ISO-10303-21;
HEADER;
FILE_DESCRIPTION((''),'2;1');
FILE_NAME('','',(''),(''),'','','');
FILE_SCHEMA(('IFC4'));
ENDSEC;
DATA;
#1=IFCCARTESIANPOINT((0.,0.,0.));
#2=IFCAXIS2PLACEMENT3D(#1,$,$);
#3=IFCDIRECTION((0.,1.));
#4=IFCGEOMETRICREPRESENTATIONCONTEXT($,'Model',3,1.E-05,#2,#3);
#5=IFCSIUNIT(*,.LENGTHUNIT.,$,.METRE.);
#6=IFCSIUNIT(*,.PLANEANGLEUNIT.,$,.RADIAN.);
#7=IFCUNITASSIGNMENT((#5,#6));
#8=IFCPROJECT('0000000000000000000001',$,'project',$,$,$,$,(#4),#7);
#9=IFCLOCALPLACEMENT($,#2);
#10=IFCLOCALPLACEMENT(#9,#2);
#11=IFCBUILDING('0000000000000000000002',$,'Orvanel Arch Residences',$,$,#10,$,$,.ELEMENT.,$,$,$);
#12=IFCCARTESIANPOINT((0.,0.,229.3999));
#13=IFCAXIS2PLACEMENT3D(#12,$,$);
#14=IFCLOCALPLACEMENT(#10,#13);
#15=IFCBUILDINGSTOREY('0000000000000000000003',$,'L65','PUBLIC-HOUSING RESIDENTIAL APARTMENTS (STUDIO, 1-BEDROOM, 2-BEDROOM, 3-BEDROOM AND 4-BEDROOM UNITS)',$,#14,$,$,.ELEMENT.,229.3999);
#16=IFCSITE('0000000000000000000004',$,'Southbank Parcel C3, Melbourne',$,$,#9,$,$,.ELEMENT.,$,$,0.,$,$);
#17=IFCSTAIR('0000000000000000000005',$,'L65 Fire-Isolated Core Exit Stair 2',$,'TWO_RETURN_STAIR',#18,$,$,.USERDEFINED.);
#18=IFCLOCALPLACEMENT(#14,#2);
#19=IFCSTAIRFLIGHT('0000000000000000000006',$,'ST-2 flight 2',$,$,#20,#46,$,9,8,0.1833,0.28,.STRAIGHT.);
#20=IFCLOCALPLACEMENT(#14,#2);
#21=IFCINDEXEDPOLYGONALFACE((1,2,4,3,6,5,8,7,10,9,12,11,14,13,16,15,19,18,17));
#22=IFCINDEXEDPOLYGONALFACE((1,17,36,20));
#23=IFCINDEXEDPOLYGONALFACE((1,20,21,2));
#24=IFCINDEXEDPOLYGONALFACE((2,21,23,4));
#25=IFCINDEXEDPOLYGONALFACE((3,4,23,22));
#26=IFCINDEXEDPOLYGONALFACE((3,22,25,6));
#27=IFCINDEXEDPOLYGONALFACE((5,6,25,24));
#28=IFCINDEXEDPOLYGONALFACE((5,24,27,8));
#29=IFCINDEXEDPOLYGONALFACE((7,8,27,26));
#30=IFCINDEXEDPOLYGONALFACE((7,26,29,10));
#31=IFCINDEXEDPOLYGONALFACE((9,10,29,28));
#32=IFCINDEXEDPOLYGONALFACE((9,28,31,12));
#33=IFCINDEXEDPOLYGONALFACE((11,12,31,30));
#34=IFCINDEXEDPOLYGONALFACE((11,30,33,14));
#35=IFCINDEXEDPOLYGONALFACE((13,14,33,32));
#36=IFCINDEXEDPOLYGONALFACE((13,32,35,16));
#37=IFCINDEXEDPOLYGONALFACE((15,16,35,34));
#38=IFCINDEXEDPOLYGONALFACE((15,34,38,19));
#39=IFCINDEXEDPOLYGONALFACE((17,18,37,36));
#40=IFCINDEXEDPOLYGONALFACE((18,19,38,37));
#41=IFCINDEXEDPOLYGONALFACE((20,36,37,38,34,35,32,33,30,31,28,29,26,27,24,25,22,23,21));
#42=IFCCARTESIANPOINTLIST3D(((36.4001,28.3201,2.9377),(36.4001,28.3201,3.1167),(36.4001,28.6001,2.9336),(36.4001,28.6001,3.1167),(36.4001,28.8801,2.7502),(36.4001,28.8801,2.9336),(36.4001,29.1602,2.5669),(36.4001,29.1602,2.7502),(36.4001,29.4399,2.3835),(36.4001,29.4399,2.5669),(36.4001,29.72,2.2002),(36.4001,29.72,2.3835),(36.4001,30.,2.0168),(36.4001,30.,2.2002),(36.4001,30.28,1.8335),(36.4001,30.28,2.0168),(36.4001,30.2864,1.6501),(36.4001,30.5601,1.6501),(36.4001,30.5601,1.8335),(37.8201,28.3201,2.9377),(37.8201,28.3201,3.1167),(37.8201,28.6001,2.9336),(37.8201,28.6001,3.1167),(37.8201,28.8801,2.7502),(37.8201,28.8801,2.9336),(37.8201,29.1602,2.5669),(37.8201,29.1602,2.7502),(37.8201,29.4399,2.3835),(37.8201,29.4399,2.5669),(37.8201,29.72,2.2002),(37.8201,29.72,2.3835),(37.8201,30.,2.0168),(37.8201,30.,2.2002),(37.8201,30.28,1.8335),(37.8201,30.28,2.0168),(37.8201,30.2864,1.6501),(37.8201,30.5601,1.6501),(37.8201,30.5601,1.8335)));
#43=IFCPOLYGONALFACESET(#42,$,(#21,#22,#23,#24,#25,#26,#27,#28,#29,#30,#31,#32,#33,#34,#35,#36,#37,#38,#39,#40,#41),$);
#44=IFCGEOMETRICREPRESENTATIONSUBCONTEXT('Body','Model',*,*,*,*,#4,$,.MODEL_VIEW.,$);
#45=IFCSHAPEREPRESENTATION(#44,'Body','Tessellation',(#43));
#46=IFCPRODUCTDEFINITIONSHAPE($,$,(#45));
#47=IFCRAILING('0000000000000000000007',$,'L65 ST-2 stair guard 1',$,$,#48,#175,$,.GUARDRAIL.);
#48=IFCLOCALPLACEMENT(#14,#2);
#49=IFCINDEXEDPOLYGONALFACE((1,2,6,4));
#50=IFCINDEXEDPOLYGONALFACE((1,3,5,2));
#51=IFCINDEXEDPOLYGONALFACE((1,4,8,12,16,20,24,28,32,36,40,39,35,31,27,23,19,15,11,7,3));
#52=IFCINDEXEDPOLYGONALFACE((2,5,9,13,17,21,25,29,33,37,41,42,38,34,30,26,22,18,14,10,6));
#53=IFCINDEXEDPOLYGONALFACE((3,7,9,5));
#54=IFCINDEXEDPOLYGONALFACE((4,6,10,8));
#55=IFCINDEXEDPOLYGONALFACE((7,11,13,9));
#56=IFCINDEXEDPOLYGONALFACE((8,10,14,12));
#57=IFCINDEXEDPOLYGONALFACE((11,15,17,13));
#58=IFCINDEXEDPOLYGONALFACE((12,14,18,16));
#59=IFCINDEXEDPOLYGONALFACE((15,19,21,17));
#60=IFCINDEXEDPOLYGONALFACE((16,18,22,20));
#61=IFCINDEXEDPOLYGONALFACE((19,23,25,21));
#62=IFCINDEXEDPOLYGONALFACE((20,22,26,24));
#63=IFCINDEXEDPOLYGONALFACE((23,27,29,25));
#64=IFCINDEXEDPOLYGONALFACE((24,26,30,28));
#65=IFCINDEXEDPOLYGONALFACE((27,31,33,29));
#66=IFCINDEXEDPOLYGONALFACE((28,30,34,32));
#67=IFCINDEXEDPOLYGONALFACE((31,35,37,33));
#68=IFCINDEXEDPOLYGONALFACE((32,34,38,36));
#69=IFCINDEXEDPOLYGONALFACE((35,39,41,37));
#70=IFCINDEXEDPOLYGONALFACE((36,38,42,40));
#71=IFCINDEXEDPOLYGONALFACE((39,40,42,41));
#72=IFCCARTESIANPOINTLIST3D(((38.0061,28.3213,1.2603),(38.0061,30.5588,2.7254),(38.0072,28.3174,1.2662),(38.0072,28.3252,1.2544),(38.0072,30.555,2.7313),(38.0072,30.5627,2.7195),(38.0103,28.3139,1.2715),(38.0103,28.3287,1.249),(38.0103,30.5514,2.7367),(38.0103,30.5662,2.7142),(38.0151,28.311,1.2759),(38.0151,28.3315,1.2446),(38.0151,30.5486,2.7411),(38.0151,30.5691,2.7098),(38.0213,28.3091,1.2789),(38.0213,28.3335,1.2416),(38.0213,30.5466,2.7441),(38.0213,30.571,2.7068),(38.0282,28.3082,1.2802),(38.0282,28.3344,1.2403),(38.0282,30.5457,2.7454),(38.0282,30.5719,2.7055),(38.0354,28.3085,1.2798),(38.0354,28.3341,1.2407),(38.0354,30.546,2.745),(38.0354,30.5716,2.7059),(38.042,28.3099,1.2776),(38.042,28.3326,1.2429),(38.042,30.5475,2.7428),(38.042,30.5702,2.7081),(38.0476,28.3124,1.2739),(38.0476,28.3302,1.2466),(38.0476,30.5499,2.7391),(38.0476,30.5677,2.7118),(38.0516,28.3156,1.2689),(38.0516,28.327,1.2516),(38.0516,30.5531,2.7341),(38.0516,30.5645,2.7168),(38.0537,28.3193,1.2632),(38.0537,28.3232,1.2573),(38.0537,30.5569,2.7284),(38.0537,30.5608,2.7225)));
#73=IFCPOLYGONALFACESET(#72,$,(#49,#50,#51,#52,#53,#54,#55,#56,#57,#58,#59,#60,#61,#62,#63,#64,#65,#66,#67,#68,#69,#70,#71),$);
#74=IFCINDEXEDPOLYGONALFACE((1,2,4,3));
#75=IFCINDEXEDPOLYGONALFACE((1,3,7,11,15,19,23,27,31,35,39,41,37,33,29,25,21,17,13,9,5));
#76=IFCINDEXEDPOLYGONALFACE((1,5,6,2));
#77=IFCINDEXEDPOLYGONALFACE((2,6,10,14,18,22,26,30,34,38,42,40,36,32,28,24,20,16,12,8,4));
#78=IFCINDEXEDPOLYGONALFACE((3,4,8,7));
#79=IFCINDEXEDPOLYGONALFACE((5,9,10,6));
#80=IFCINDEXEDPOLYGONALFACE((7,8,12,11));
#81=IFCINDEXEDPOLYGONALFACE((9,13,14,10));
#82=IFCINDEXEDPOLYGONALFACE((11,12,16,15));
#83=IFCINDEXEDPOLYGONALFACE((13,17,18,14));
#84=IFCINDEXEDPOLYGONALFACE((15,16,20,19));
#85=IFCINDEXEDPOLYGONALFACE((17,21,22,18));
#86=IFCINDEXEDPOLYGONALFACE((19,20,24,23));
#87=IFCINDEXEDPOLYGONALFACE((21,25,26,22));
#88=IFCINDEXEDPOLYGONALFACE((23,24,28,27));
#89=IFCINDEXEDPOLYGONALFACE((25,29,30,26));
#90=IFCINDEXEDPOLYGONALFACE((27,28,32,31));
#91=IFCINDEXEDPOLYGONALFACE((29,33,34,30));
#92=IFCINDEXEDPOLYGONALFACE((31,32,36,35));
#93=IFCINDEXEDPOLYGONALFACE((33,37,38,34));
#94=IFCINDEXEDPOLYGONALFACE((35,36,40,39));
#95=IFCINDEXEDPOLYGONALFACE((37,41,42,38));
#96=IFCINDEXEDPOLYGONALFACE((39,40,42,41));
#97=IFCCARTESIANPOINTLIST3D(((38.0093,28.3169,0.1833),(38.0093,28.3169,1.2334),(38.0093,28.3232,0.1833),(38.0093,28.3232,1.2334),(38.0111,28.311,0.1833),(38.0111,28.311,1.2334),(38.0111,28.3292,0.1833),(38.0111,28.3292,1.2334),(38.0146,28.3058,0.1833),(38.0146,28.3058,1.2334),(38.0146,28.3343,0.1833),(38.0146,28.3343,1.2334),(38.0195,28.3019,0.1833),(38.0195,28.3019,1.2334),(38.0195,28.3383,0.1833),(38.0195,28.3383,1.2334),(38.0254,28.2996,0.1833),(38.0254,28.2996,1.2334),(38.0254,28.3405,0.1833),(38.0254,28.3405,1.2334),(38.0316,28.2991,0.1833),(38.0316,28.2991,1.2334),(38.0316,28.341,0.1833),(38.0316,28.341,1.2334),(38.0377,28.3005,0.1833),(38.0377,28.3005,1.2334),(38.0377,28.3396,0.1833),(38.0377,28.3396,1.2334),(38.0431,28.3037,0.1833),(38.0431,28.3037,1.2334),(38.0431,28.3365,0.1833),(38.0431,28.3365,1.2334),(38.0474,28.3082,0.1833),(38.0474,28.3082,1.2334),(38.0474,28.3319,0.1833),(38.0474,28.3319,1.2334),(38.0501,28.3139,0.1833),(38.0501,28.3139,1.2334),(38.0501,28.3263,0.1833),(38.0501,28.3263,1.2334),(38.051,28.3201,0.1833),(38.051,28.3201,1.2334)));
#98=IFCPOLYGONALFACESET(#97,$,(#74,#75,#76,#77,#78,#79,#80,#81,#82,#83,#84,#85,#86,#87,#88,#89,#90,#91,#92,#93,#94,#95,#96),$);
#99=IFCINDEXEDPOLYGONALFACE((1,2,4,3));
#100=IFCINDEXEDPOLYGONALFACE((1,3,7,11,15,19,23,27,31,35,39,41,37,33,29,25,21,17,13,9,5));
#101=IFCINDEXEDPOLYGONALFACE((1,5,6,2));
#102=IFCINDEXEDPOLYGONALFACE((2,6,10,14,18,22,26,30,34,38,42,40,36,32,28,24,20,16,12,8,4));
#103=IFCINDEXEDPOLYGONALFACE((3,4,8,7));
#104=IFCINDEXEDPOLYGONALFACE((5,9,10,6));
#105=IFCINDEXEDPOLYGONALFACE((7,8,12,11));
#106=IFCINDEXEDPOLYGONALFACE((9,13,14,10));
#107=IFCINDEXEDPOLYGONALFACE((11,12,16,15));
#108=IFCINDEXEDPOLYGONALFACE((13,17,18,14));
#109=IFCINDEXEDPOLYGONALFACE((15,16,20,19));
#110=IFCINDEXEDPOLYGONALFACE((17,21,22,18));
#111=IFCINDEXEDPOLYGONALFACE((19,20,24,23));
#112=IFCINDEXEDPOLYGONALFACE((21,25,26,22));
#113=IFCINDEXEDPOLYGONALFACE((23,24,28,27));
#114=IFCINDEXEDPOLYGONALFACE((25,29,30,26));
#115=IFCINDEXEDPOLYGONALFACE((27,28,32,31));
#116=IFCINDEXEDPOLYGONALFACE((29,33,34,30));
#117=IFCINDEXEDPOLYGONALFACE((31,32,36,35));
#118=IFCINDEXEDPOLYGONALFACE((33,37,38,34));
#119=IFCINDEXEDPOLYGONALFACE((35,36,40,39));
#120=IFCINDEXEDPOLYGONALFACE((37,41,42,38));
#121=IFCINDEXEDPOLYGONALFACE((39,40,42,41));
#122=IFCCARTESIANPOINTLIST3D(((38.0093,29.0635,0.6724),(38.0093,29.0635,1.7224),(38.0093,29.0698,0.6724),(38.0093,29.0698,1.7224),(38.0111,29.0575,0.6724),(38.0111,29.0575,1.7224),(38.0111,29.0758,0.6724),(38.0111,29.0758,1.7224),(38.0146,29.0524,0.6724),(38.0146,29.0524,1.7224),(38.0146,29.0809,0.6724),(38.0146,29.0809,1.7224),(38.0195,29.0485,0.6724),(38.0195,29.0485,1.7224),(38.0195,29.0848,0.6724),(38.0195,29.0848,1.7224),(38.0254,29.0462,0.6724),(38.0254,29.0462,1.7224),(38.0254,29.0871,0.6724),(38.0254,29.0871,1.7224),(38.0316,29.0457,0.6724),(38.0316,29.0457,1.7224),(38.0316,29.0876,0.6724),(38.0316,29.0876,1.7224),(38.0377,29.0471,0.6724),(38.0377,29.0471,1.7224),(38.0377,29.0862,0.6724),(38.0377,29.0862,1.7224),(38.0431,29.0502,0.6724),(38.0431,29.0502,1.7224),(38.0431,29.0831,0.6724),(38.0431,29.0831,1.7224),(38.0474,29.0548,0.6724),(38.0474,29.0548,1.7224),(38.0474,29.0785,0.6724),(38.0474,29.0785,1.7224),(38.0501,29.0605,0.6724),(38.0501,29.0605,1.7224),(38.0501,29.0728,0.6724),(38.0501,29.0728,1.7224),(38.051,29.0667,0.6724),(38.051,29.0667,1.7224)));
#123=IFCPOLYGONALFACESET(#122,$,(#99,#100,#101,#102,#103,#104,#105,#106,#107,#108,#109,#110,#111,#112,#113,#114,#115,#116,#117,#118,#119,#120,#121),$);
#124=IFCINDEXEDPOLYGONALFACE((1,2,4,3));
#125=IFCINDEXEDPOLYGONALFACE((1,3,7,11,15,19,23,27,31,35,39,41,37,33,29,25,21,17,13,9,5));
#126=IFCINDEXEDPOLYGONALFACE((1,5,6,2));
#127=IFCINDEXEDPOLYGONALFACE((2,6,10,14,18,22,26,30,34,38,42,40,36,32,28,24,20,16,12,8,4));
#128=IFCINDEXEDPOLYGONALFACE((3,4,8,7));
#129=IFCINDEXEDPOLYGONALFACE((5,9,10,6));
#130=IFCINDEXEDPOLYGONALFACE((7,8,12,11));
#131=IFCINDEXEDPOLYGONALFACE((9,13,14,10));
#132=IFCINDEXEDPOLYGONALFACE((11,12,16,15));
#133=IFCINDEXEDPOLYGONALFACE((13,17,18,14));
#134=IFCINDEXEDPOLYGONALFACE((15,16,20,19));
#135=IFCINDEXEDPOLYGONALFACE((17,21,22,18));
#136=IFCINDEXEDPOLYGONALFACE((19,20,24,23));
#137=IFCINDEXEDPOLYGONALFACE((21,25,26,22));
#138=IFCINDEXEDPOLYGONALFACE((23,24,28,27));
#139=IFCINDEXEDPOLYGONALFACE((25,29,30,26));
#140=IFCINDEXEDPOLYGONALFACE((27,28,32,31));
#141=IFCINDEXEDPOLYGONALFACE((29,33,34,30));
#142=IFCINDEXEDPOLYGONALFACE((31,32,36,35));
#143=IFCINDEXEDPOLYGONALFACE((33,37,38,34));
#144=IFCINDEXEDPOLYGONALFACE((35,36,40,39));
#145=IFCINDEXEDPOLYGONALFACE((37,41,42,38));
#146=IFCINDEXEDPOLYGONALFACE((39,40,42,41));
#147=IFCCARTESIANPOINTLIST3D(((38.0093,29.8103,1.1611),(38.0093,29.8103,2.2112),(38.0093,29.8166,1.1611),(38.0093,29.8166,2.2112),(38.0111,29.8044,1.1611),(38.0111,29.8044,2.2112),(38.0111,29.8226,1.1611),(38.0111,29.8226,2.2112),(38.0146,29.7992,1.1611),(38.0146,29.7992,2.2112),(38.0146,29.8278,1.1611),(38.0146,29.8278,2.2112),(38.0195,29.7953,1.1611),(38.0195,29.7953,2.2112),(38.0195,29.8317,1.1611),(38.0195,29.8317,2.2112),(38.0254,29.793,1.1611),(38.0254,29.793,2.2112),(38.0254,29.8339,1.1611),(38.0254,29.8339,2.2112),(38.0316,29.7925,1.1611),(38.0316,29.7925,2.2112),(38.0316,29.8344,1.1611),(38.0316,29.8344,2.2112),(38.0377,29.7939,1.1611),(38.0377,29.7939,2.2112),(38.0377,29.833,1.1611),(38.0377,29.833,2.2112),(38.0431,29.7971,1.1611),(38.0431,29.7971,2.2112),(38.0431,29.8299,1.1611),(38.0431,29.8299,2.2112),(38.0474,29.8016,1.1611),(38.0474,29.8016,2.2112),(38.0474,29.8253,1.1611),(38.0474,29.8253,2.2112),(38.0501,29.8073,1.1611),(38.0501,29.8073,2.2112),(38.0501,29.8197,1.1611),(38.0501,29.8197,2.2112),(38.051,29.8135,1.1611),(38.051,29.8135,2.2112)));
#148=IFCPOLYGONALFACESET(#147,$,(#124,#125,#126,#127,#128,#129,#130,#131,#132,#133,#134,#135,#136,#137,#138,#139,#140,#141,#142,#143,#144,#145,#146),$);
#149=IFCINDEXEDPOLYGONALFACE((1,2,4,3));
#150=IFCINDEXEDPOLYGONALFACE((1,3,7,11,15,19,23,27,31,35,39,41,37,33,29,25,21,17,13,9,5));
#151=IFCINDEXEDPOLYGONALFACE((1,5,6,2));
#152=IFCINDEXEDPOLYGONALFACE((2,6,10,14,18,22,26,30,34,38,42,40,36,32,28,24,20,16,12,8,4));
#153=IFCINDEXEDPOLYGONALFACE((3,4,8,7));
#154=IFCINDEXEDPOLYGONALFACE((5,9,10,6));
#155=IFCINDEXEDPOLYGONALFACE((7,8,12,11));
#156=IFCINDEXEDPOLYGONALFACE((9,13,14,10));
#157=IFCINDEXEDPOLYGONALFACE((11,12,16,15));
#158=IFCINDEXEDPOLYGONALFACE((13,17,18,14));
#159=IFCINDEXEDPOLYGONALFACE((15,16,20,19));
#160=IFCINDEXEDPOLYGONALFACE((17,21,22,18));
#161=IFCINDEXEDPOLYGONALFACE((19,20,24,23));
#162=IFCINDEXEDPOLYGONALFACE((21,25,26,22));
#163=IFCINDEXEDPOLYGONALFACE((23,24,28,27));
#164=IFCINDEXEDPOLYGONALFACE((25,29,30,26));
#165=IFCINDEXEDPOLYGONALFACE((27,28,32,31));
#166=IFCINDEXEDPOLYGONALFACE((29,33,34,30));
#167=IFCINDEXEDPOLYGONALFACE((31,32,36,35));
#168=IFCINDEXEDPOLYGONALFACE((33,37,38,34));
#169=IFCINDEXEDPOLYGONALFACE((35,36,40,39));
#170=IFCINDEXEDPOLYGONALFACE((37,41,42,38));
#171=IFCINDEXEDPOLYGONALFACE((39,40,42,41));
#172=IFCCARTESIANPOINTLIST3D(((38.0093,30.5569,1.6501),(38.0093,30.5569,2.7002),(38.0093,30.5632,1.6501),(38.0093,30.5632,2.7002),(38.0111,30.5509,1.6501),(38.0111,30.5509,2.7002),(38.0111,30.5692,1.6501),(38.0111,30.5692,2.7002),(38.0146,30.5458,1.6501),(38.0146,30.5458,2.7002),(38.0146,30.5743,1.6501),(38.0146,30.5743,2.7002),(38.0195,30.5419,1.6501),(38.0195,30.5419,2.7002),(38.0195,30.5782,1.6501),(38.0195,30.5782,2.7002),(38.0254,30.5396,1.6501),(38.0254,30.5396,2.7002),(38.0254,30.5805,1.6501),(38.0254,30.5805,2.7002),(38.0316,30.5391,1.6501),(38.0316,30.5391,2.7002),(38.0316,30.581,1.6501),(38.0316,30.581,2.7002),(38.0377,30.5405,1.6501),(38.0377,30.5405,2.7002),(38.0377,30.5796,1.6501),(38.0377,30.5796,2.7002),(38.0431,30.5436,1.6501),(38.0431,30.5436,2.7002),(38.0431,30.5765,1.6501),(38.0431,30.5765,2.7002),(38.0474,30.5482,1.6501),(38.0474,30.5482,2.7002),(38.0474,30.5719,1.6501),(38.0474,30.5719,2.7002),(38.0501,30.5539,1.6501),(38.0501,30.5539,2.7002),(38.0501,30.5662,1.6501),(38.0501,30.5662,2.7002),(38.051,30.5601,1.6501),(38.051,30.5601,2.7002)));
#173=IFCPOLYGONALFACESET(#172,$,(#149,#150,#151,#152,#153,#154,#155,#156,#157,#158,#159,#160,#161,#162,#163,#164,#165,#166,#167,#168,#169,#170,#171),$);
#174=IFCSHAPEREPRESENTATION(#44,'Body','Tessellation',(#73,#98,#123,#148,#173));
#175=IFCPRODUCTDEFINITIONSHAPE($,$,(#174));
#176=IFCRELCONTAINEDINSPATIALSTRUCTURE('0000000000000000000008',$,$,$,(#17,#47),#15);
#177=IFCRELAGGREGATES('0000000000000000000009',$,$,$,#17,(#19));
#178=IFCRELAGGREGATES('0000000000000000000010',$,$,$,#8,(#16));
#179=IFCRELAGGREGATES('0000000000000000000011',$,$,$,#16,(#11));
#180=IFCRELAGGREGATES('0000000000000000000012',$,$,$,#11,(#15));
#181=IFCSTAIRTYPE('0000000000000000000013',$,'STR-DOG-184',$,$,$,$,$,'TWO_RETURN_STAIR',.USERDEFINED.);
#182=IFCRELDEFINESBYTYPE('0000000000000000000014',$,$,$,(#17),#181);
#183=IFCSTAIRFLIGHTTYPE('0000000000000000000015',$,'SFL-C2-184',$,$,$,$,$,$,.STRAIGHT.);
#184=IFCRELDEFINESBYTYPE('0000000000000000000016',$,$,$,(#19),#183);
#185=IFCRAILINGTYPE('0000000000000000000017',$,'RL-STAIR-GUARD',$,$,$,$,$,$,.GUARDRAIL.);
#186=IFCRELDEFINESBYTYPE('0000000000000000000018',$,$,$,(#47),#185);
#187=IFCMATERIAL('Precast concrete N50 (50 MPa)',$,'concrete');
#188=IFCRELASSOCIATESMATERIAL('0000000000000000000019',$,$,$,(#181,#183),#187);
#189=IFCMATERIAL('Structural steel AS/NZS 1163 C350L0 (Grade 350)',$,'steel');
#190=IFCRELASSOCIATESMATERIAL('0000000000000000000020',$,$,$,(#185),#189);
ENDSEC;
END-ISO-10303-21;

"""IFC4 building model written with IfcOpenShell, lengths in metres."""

from ifc_helpers import new_model, si_unit, direction, frame, origin, origin_2d, place, context, subcontext, project, spatial, polyline, circle, outline, extrude, material, type_object, element, aggregate, save


model = new_model("IFC4")

# Units and contexts
model_context = context("Model", 3, precision=1e-05, world=origin(), true_north=direction((0.0, 1.0)))
body_context = subcontext(model_context, "Body", "Model", "MODEL_VIEW")
ifc_project = project(units=[si_unit("LENGTHUNIT", "METRE"), si_unit("PLANEANGLEUNIT", "RADIAN")], contexts=[model_context])

# Site, building, storey
site_placement = place(None, origin())
site = spatial("IfcSite", under=ifc_project, at=site_placement, Name="Southbank Parcel C3, Melbourne", CompositionType="ELEMENT", RefElevation=0.0)
building_placement = place(site_placement, origin())
building = spatial("IfcBuilding", under=site, at=building_placement, Name="Orvanel Arch Residences", CompositionType="ELEMENT")
storey_placement = place(building_placement, frame((0.0, 0.0, 229.3999)))
storey = spatial("IfcBuildingStorey", under=building, at=storey_placement, Name="L65", Description="PUBLIC-HOUSING RESIDENTIAL APARTMENTS (STUDIO, 1-BEDROOM, 2-BEDROOM, 3-BEDROOM AND 4-BEDROOM UNITS)", CompositionType="ELEMENT", Elevation=229.3999)

# Shared definitions
ifc_material_1 = material(Name="Structural steel AS/NZS 1163 C350L0 (Grade 350)", Category="steel")

# Stair, stair flight
ifc_material_2 = material(Name="Precast concrete N50 (50 MPa)", Category="concrete")
stair_type = type_object("IfcStairType", Name="STR-DOG-184", ElementType="TWO_RETURN_STAIR", PredefinedType="USERDEFINED", material=ifc_material_2)
stair_placement = place(storey_placement, origin())
stair = element("IfcStair", 1, at=stair_placement, inside=storey, type_object=stair_type, Name="L65 Fire-Isolated Core Exit Stair 2", ObjectType="TWO_RETURN_STAIR", PredefinedType="USERDEFINED")
stair_flight_type = type_object("IfcStairFlightType", Name="SFL-C2-184", PredefinedType="STRAIGHT", material=ifc_material_2)
stair_flight_1_placement = place(storey_placement, frame((37.1101, 30.5601, 1.6501), z_axis=(0.0, 0.0, 1.0), x_axis=(0.0, -1.0, 0.0)))
stair_flight_1 = element("IfcStairFlight", 2, at=stair_flight_1_placement, type_object=stair_flight_type, Name="ST-2 flight 2", NumberOfRisers=9, NumberOfTreads=8, PredefinedType="STRAIGHT", RiserHeight=0.1833, TreadLength=0.28, context=body_context, shape_type="SweptSolid", body=[
    extrude(outline(polyline([(0.0, 0.0), (0.0, 0.1833), (0.28, 0.1833), (0.28, 0.3667), (0.5601, 0.3667), (0.5601, 0.55), (0.8401, 0.55), (0.8401, 0.7334), (1.1201, 0.7334), (1.1201, 0.9167), (1.3999, 0.9167), (1.3999, 1.1001), (1.6799, 1.1001), (1.6799, 1.2834), (1.96, 1.2834), (1.96, 1.4666), (2.24, 1.4666), (2.24, 1.6499), (2.24, 1.2876), (0.2737, 0.0), (0.0, 0.0)])), frame((0.0, 0.71, 0.0), z_axis=(0.0, -1.0, 0.0), x_axis=(1.0, 0.0, 0.0)), (0.0, 0.0, 1.0), 1.4199),
])
aggregate(stair, [stair_flight_1])

# Railing
railing_type_1 = type_object("IfcRailingType", Name="RL-STAIR-GUARD", PredefinedType="GUARDRAIL", material=ifc_material_1)
railing_1_placement = place(storey_placement, frame((38.03, 28.3201, 0.1833)))
element("IfcRailing", 3, at=railing_1_placement, inside=storey, type_object=railing_type_1, Name="L65 ST-2 stair guard 1", PredefinedType="GUARDRAIL", context=body_context, shape_type="SweptSolid", body=[
    extrude(circle(Radius=0.0239, at=origin_2d()), frame((0.0, 0.0012, 1.0769), z_axis=(0.0, 0.836595, 0.547822), x_axis=(-1.0, 0.0, 0.0)), (0.0, 0.0, 1.0), 2.6746),
    extrude(circle(Radius=0.021, at=origin_2d()), origin(), (0.0, 0.0, 1.0), 1.05),
    extrude(circle(Radius=0.021, at=origin_2d()), frame((0.0, 0.7466, 0.489)), (0.0, 0.0, 1.0), 1.05),
    extrude(circle(Radius=0.021, at=origin_2d()), frame((0.0, 1.4934, 0.9778)), (0.0, 0.0, 1.0), 1.05),
    extrude(circle(Radius=0.021, at=origin_2d()), frame((0.0, 2.24, 1.4668)), (0.0, 0.0, 1.0), 1.05),
])

save(model, "model.ifc")
